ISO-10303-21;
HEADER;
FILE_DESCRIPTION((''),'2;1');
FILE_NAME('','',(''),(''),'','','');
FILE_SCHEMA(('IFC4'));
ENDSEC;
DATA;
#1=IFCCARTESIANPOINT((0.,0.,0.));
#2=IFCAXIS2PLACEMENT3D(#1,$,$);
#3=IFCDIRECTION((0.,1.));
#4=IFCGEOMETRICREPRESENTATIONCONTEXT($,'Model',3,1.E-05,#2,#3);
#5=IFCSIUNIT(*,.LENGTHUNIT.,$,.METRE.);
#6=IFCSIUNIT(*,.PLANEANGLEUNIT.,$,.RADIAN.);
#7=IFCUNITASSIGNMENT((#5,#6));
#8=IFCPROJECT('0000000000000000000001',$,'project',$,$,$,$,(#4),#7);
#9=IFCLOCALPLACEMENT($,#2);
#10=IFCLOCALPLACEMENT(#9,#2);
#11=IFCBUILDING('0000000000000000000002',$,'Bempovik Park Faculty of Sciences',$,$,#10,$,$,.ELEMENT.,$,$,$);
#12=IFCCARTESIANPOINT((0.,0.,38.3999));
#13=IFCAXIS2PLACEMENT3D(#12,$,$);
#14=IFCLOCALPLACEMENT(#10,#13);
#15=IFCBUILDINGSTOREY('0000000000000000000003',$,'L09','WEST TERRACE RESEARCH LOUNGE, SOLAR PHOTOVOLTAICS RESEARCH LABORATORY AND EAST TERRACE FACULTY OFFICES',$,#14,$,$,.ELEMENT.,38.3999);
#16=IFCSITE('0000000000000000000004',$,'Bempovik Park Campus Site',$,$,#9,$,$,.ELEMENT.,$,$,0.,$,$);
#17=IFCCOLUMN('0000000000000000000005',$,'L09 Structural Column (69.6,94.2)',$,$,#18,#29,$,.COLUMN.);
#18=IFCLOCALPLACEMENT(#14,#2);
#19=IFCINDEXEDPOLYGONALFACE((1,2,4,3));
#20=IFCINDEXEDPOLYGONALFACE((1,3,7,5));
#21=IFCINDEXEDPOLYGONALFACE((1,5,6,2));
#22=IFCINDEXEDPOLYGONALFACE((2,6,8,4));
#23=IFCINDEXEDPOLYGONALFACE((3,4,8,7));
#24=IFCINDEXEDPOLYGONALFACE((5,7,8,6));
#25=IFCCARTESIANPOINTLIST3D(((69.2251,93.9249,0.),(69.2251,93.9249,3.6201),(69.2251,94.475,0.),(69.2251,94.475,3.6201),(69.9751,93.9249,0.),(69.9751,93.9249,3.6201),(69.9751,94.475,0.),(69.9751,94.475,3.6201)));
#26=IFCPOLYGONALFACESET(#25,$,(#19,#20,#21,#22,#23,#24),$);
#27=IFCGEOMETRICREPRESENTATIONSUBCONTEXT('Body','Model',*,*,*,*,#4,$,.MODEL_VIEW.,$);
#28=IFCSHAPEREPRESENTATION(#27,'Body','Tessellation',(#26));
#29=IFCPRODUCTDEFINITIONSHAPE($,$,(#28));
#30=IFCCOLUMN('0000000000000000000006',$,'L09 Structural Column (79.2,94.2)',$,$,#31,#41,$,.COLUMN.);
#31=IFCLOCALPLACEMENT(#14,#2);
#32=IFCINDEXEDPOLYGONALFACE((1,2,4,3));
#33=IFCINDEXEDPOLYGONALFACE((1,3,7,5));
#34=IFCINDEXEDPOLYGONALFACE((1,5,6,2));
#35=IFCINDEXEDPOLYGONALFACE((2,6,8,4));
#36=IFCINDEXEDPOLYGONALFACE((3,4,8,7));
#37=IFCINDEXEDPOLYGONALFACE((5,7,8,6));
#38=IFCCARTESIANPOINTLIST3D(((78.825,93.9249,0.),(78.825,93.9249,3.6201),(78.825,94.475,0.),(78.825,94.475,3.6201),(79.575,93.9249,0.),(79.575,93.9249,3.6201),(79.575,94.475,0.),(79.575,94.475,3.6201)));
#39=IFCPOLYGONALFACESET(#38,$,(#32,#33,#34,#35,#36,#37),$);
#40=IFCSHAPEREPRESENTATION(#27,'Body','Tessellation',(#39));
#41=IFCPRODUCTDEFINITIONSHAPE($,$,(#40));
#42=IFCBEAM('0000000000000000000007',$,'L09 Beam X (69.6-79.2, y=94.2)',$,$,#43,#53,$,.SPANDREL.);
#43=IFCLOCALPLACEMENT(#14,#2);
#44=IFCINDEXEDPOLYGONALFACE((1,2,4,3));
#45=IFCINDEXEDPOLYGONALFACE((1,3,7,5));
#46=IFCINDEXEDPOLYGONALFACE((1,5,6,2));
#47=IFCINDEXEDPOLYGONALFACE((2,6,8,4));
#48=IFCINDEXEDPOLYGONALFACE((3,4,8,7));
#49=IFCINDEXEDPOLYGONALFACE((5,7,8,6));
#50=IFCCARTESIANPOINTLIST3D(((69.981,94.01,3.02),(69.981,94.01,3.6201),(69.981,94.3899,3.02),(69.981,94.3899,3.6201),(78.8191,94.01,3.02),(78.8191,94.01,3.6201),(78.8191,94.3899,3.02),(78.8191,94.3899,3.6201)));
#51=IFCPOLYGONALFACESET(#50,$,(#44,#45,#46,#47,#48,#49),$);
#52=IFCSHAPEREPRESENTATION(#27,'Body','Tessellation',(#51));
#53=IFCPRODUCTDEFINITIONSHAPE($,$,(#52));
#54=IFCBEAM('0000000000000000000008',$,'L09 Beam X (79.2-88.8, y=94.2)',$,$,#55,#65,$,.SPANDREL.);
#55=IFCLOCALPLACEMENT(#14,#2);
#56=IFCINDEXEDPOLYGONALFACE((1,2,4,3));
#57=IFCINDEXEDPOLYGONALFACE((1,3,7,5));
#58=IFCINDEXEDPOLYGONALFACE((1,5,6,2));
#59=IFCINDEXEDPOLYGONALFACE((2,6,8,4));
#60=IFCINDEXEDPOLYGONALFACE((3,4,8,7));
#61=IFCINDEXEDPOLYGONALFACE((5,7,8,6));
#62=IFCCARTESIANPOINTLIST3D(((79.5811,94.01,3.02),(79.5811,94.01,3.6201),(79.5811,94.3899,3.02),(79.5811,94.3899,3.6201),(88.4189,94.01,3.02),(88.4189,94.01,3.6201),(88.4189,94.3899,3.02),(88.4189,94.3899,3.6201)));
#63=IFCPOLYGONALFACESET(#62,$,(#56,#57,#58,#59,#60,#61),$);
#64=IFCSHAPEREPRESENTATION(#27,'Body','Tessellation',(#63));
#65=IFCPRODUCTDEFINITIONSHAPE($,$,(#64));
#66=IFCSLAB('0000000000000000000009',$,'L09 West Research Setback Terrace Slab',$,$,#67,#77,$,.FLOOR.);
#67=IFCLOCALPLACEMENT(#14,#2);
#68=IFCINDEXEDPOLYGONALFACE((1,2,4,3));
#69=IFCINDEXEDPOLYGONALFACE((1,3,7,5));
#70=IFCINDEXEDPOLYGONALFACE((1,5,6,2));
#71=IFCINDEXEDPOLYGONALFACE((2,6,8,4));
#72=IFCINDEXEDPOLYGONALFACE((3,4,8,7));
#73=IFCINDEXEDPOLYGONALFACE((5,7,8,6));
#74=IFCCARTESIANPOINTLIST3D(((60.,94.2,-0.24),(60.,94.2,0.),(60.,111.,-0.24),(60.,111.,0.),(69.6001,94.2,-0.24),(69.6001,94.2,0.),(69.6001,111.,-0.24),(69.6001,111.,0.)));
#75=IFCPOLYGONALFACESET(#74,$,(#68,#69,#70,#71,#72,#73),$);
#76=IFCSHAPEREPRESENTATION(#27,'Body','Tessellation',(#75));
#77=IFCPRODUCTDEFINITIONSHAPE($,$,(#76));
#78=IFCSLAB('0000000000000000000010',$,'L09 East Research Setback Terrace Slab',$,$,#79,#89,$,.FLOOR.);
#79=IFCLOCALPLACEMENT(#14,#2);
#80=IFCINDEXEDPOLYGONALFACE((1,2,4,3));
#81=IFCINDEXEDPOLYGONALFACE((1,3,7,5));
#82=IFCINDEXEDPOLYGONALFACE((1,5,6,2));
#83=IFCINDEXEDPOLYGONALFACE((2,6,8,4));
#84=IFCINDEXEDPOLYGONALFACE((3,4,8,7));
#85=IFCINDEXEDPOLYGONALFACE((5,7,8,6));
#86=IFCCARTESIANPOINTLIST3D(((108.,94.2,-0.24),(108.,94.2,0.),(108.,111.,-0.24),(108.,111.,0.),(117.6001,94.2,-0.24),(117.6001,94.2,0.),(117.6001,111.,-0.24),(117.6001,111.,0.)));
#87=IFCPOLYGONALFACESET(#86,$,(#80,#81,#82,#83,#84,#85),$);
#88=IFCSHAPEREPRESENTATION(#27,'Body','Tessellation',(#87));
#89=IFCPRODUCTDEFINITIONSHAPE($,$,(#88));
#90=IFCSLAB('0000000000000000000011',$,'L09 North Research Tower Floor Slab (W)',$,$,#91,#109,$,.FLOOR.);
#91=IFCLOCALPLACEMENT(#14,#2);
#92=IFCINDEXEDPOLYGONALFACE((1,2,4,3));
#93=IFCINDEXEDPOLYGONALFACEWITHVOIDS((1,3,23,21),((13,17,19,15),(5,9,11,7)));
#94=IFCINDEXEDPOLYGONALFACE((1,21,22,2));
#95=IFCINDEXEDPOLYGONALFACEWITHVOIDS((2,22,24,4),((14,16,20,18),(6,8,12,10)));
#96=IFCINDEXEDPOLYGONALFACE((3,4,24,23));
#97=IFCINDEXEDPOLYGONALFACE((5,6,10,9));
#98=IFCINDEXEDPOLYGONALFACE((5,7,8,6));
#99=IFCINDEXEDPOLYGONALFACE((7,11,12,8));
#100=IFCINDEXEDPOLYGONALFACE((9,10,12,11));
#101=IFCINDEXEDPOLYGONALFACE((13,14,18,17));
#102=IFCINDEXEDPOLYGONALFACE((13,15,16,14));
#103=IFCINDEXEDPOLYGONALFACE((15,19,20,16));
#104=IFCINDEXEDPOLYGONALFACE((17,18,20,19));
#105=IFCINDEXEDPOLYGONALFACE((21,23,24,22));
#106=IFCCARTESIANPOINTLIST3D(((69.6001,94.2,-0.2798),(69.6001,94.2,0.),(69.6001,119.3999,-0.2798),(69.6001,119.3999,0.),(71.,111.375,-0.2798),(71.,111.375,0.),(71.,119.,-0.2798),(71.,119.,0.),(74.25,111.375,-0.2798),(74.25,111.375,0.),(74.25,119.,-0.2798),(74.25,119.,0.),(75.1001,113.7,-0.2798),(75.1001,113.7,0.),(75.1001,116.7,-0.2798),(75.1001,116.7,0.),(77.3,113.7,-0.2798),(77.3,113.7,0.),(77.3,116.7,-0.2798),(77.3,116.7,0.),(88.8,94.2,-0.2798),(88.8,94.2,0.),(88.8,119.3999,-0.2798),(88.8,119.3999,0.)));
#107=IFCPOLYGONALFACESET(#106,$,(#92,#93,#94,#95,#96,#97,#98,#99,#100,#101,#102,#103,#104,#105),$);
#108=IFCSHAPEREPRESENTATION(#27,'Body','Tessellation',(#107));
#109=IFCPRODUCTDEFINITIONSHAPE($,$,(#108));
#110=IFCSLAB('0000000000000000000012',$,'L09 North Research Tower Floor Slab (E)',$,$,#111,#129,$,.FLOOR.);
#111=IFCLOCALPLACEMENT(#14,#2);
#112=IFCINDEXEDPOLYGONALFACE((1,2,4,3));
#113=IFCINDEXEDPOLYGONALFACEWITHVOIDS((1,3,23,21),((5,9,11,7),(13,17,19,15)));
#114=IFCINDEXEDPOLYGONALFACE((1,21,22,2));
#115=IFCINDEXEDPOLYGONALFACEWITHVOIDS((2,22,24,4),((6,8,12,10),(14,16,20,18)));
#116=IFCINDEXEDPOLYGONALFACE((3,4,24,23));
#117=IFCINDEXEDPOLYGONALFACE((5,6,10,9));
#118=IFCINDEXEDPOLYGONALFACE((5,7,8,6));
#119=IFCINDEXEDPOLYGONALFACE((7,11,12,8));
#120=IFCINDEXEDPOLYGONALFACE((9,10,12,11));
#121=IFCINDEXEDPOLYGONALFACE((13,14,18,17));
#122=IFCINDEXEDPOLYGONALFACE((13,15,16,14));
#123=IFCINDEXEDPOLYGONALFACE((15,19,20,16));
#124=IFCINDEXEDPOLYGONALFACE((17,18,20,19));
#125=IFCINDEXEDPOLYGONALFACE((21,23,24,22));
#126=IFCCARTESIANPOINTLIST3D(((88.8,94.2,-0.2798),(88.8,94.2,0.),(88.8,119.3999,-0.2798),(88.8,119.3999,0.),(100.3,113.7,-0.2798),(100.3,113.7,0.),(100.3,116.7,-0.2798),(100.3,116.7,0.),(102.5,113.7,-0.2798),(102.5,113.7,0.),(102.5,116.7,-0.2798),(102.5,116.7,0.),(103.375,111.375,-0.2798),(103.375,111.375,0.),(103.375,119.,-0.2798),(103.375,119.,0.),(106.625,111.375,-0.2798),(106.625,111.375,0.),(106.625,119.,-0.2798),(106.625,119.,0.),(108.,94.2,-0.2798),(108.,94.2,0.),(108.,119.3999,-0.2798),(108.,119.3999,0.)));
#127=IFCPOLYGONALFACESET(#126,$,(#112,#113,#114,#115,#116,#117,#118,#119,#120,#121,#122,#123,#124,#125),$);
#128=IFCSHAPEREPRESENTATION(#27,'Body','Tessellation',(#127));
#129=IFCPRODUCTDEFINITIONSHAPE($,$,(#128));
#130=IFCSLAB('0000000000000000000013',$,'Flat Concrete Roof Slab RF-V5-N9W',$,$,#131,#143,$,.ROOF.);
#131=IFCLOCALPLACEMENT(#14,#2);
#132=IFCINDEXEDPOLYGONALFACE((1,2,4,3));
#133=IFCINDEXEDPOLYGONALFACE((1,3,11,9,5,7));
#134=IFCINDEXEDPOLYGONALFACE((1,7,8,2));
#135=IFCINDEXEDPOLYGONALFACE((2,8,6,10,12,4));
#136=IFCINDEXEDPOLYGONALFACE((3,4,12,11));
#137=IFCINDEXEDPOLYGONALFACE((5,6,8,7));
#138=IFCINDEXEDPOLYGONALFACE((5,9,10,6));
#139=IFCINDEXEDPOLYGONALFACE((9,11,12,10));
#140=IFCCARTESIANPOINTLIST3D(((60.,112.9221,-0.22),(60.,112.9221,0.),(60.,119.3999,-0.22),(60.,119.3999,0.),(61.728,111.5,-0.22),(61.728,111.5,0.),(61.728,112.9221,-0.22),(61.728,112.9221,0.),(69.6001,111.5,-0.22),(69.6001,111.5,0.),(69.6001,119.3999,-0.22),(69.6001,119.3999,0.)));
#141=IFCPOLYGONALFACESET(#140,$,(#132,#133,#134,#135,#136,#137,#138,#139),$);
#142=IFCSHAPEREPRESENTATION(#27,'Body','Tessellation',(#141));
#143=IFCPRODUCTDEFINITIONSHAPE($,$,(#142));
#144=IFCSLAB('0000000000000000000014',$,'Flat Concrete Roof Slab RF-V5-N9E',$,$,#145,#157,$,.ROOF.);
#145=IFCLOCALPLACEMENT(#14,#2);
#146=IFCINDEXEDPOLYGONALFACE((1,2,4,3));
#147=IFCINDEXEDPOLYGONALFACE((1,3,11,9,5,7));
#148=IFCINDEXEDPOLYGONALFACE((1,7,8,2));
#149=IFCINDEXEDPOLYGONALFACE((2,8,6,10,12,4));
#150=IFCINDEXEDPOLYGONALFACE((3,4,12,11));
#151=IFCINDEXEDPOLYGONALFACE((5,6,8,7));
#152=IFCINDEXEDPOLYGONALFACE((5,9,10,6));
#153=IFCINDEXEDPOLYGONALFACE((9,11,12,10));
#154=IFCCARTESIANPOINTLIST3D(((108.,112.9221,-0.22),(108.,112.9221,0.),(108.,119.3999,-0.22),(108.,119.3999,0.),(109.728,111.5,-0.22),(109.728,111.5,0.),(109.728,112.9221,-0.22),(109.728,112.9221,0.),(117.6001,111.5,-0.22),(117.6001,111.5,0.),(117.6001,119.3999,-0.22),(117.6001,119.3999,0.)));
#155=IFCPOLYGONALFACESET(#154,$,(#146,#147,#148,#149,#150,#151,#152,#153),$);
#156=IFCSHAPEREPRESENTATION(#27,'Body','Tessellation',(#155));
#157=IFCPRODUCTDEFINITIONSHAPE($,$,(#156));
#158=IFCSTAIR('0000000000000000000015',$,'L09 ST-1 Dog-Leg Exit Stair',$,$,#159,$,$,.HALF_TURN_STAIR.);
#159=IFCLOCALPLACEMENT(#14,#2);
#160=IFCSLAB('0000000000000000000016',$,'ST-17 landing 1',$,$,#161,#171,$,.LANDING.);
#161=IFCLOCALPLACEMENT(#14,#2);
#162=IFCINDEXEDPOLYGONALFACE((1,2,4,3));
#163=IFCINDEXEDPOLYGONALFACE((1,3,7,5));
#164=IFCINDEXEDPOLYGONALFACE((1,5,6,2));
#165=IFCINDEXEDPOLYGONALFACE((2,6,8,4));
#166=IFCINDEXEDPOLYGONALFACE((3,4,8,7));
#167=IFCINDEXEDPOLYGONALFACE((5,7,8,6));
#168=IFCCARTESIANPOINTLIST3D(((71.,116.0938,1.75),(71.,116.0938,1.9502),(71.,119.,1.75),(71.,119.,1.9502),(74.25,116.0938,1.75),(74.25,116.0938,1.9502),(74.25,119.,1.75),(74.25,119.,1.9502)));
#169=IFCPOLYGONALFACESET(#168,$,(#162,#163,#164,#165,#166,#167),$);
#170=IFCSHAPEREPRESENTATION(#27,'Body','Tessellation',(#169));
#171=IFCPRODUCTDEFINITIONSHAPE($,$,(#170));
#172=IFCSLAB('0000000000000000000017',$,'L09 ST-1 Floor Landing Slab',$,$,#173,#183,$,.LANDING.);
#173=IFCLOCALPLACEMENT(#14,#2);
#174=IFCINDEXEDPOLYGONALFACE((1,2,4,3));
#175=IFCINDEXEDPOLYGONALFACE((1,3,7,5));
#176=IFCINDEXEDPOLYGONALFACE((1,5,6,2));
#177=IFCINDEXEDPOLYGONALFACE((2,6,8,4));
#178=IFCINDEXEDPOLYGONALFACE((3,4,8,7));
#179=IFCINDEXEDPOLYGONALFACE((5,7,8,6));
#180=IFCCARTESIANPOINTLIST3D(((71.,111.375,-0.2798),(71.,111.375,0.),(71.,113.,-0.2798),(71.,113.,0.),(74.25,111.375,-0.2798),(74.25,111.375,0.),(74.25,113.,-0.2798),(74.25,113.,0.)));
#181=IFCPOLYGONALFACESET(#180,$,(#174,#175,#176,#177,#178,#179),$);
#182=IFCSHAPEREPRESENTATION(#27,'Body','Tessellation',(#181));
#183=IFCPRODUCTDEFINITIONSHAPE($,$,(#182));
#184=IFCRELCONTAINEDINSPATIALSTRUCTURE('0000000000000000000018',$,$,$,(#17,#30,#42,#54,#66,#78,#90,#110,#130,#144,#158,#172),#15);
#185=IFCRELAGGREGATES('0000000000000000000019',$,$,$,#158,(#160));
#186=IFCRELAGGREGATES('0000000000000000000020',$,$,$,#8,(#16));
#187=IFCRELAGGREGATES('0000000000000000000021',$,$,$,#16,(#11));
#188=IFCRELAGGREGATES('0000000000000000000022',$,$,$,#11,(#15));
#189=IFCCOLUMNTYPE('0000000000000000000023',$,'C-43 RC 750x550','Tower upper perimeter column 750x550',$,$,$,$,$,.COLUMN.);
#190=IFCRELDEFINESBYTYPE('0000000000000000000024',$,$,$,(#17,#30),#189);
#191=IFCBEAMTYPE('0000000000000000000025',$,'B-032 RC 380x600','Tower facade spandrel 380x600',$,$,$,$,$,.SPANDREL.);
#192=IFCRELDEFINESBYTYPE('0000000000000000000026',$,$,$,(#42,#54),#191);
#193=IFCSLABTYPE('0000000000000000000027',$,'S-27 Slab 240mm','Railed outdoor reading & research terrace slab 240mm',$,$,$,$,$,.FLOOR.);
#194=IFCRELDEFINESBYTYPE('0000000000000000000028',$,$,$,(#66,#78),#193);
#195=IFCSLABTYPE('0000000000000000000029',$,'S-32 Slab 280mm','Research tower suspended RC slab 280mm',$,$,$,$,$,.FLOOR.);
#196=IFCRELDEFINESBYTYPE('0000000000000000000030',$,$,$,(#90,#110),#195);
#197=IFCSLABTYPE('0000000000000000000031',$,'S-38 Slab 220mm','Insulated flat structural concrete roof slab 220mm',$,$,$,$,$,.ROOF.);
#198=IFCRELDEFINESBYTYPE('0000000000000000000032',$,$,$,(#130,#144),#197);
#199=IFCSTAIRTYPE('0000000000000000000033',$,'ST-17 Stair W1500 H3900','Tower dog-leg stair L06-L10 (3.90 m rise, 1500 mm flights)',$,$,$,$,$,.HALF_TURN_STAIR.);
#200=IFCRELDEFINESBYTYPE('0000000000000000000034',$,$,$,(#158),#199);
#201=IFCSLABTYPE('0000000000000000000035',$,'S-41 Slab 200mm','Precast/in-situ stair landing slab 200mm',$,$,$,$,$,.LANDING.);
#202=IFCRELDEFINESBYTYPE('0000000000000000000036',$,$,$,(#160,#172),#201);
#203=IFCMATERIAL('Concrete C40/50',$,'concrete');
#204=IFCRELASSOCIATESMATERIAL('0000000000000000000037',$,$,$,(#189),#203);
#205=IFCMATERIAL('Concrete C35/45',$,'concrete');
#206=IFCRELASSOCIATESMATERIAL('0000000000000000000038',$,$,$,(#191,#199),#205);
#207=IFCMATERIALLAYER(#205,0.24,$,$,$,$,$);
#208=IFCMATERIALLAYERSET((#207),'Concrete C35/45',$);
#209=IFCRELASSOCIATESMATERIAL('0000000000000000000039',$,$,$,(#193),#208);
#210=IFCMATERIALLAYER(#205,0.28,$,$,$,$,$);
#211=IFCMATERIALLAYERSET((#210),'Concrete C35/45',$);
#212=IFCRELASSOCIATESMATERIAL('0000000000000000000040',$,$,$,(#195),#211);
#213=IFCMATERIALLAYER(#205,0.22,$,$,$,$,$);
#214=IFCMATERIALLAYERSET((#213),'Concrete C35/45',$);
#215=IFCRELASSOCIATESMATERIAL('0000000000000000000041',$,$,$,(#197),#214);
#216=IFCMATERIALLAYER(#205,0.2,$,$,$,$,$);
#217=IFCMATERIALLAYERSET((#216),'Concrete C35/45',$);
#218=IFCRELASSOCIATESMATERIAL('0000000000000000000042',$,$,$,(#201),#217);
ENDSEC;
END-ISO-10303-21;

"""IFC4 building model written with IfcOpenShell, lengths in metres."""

from ifc_helpers import new_model, si_unit, direction, frame, origin, origin_2d, place, context, subcontext, project, spatial, polyline, rectangle, outline, extrude, material, layer, layer_set, material_profile, profile_set, type_object, element, aggregate, save


model = new_model("IFC4")

# Units and contexts
model_context = context("Model", 3, precision=1e-05, world=origin(), true_north=direction((0.0, 1.0)))
body_context = subcontext(model_context, "Body", "Model", "MODEL_VIEW")
ifc_project = project(units=[si_unit("LENGTHUNIT", "METRE"), si_unit("PLANEANGLEUNIT", "RADIAN")], contexts=[model_context])

# Site, building, storey
site_placement = place(None, origin())
site = spatial("IfcSite", under=ifc_project, at=site_placement, Name="Bempovik Park Campus Site", CompositionType="ELEMENT", RefElevation=0.0)
building_placement = place(site_placement, origin())
building = spatial("IfcBuilding", under=site, at=building_placement, Name="Bempovik Park Faculty of Sciences", CompositionType="ELEMENT")
storey_placement = place(building_placement, frame((0.0, 0.0, 38.3999)))
storey = spatial("IfcBuildingStorey", under=building, at=storey_placement, Name="L09", Description="WEST TERRACE RESEARCH LOUNGE, SOLAR PHOTOVOLTAICS RESEARCH LABORATORY AND EAST TERRACE FACULTY OFFICES", CompositionType="ELEMENT", Elevation=38.3999)

# Columns
ifc_material_1 = material(Name="Concrete C40/50", Category="concrete")
ifc_material_profile_1 = material_profile(ifc_material_1, rectangle(XDim=0.75, YDim=0.55, at=origin_2d()), Name="RC 750x550")
ifc_profile_set_1 = profile_set([ifc_material_profile_1], Name="Concrete C40/50")
column_type = type_object("IfcColumnType", Name="C-43 RC 750x550", Description="Tower upper perimeter column 750x550", PredefinedType="COLUMN", material=ifc_profile_set_1)
for number, where, z_axis, x_axis, name in (
    (1, (69.6001, 94.2, 0.0), (0.0, 0.0, 1.0), (1.0, 0.0, 0.0), "L09 Structural Column (69.6,94.2)"),
    (2, (79.2, 94.2, 0.0), (0.0, 0.0, 1.0), (1.0, 0.0, 0.0), "L09 Structural Column (79.2,94.2)"),
):
    element("IfcColumn", number, at=place(storey_placement, frame(where, z_axis=z_axis, x_axis=x_axis)), inside=storey, type_object=column_type, Name=name, PredefinedType="COLUMN", context=body_context, shape_type="SweptSolid", body=[
        extrude(rectangle(XDim=0.75, YDim=0.55, at=origin_2d()), origin(), (0.0, 0.0, 1.0), 3.6201),
    ])

# Beams
ifc_material_2 = material(Name="Concrete C35/45", Category="concrete")
ifc_material_profile_2 = material_profile(ifc_material_2, rectangle(XDim=0.3799, YDim=0.6001, at=origin_2d()), Name="RC 380x600")
ifc_profile_set_2 = profile_set([ifc_material_profile_2], Name="Concrete C35/45")
beam_type = type_object("IfcBeamType", Name="B-032 RC 380x600", Description="Tower facade spandrel 380x600", PredefinedType="SPANDREL", material=ifc_profile_set_2)
beam_1_placement = place(storey_placement, frame((69.981, 94.2, 3.3201), z_axis=(1.0, 0.0, 0.0), x_axis=(0.0, 1.0, 0.0)))
element("IfcBeam", 3, at=beam_1_placement, inside=storey, type_object=beam_type, Name="L09 Beam X (69.6-79.2, y=94.2)", PredefinedType="SPANDREL", context=body_context, shape_type="SweptSolid", body=[
    extrude(rectangle(XDim=0.3799, YDim=0.6001, at=origin_2d()), origin(), (0.0, 0.0, 1.0), 8.8381),
])
beam_2_placement = place(storey_placement, frame((79.5811, 94.2, 3.3201), z_axis=(1.0, 0.0, 0.0), x_axis=(0.0, 1.0, 0.0)))
element("IfcBeam", 4, at=beam_2_placement, inside=storey, type_object=beam_type, Name="L09 Beam X (79.2-88.8, y=94.2)", PredefinedType="SPANDREL", context=body_context, shape_type="SweptSolid", body=[
    extrude(rectangle(XDim=0.3799, YDim=0.6001, at=origin_2d()), origin(), (0.0, 0.0, 1.0), 8.8379),
])

# Slabs
ifc_layer_1 = layer(ifc_material_2, 0.24)
ifc_layer_set_1 = layer_set([ifc_layer_1], Name="Concrete C35/45")
slab_type_1 = type_object("IfcSlabType", Name="S-27 Slab 240mm", Description="Railed outdoor reading & research terrace slab 240mm", PredefinedType="FLOOR", material=ifc_layer_set_1)
slab_1_placement = place(storey_placement, frame((0.0, 0.0, -0.24)))
element("IfcSlab", 5, at=slab_1_placement, inside=storey, type_object=slab_type_1, Name="L09 West Research Setback Terrace Slab", PredefinedType="FLOOR", context=body_context, shape_type="SweptSolid", body=[
    extrude(outline(polyline([(60.0, 94.2), (69.6001, 94.2), (69.6001, 111.0), (60.0, 111.0), (60.0, 94.2)])), origin(), (0.0, 0.0, 1.0), 0.24),
])
slab_2_placement = place(storey_placement, frame((0.0, 0.0, -0.24)))
element("IfcSlab", 6, at=slab_2_placement, inside=storey, type_object=slab_type_1, Name="L09 East Research Setback Terrace Slab", PredefinedType="FLOOR", context=body_context, shape_type="SweptSolid", body=[
    extrude(outline(polyline([(108.0, 94.2), (117.6001, 94.2), (117.6001, 111.0), (108.0, 111.0), (108.0, 94.2)])), origin(), (0.0, 0.0, 1.0), 0.24),
])
ifc_layer_2 = layer(ifc_material_2, 0.28)
ifc_layer_set_2 = layer_set([ifc_layer_2], Name="Concrete C35/45")
slab_type_2 = type_object("IfcSlabType", Name="S-32 Slab 280mm", Description="Research tower suspended RC slab 280mm", PredefinedType="FLOOR", material=ifc_layer_set_2)
slab_3_placement = place(storey_placement, frame((0.0, 0.0, -0.2798)))
element("IfcSlab", 7, at=slab_3_placement, inside=storey, type_object=slab_type_2, Name="L09 North Research Tower Floor Slab (W)", PredefinedType="FLOOR", context=body_context, shape_type="SweptSolid", body=[
    extrude(outline(polyline([(69.6001, 94.2), (88.8, 94.2), (88.8, 119.3999), (69.6001, 119.3999), (69.6001, 94.2)]), holes=[polyline([(71.0, 111.375), (74.25, 111.375), (74.25, 119.0), (71.0, 119.0), (71.0, 111.375)]), polyline([(75.1001, 113.7), (77.3, 113.7), (77.3, 116.7), (75.1001, 116.7), (75.1001, 113.7)])]), origin(), (0.0, 0.0, 1.0), 0.2798),
])
slab_4_placement = place(storey_placement, frame((0.0, 0.0, -0.2798)))
element("IfcSlab", 8, at=slab_4_placement, inside=storey, type_object=slab_type_2, Name="L09 North Research Tower Floor Slab (E)", PredefinedType="FLOOR", context=body_context, shape_type="SweptSolid", body=[
    extrude(outline(polyline([(88.8, 94.2), (108.0, 94.2), (108.0, 119.3999), (88.8, 119.3999), (88.8, 94.2)]), holes=[polyline([(103.375, 111.375), (106.625, 111.375), (106.625, 119.0), (103.375, 119.0), (103.375, 111.375)]), polyline([(100.3, 113.7), (102.5, 113.7), (102.5, 116.7), (100.3, 116.7), (100.3, 113.7)])]), origin(), (0.0, 0.0, 1.0), 0.2798),
])
ifc_layer_3 = layer(ifc_material_2, 0.22)
ifc_layer_set_3 = layer_set([ifc_layer_3], Name="Concrete C35/45")
slab_type_3 = type_object("IfcSlabType", Name="S-38 Slab 220mm", Description="Insulated flat structural concrete roof slab 220mm", PredefinedType="ROOF", material=ifc_layer_set_3)
slab_5_placement = place(storey_placement, frame((0.0, 0.0, -0.22)))
element("IfcSlab", 9, at=slab_5_placement, inside=storey, type_object=slab_type_3, Name="Flat Concrete Roof Slab RF-V5-N9W", PredefinedType="ROOF", context=body_context, shape_type="SweptSolid", body=[
    extrude(outline(polyline([(61.728, 111.5), (69.6001, 111.5), (69.6001, 119.3999), (60.0, 119.3999), (60.0, 112.9221), (61.728, 112.9221), (61.728, 111.5)])), origin(), (0.0, 0.0, 1.0), 0.22),
])
slab_6_placement = place(storey_placement, frame((0.0, 0.0, -0.22)))
element("IfcSlab", 10, at=slab_6_placement, inside=storey, type_object=slab_type_3, Name="Flat Concrete Roof Slab RF-V5-N9E", PredefinedType="ROOF", context=body_context, shape_type="SweptSolid", body=[
    extrude(outline(polyline([(109.728, 111.5), (117.6001, 111.5), (117.6001, 119.3999), (108.0, 119.3999), (108.0, 112.9221), (109.728, 112.9221), (109.728, 111.5)])), origin(), (0.0, 0.0, 1.0), 0.22),
])

# Stair, slab
stair_type = type_object("IfcStairType", Name="ST-17 Stair W1500 H3900", Description="Tower dog-leg stair L06-L10 (3.90 m rise, 1500 mm flights)", PredefinedType="HALF_TURN_STAIR", material=ifc_material_2)
stair_1_placement = place(storey_placement, origin())
stair_1 = element("IfcStair", 11, at=stair_1_placement, inside=storey, type_object=stair_type, Name="L09 ST-1 Dog-Leg Exit Stair", PredefinedType="HALF_TURN_STAIR")
ifc_layer_4 = layer(ifc_material_2, 0.2)
ifc_layer_set_4 = layer_set([ifc_layer_4], Name="Concrete C35/45")
slab_type_4 = type_object("IfcSlabType", Name="S-41 Slab 200mm", Description="Precast/in-situ stair landing slab 200mm", PredefinedType="LANDING", material=ifc_layer_set_4)
slab_7_placement = place(storey_placement, frame((0.0, 0.0, 1.75)))
slab_7 = element("IfcSlab", 12, at=slab_7_placement, type_object=slab_type_4, Name="ST-17 landing 1", PredefinedType="LANDING", context=body_context, shape_type="SweptSolid", body=[
    extrude(outline(polyline([(74.25, 116.0938), (74.25, 119.0), (71.0, 119.0), (71.0, 116.0938), (74.25, 116.0938)])), origin(), (0.0, 0.0, 1.0), 0.2002),
])
aggregate(stair_1, [slab_7])

# Slab
slab_8_placement = place(storey_placement, frame((0.0, 0.0, -0.2798)))
element("IfcSlab", 13, at=slab_8_placement, inside=storey, type_object=slab_type_4, Name="L09 ST-1 Floor Landing Slab", PredefinedType="LANDING", context=body_context, shape_type="SweptSolid", body=[
    extrude(outline(polyline([(74.25, 111.375), (74.25, 113.0), (71.0, 113.0), (71.0, 111.375), (74.25, 111.375)])), origin(), (0.0, 0.0, 1.0), 0.2798),
])

save(model, "model.ifc")
